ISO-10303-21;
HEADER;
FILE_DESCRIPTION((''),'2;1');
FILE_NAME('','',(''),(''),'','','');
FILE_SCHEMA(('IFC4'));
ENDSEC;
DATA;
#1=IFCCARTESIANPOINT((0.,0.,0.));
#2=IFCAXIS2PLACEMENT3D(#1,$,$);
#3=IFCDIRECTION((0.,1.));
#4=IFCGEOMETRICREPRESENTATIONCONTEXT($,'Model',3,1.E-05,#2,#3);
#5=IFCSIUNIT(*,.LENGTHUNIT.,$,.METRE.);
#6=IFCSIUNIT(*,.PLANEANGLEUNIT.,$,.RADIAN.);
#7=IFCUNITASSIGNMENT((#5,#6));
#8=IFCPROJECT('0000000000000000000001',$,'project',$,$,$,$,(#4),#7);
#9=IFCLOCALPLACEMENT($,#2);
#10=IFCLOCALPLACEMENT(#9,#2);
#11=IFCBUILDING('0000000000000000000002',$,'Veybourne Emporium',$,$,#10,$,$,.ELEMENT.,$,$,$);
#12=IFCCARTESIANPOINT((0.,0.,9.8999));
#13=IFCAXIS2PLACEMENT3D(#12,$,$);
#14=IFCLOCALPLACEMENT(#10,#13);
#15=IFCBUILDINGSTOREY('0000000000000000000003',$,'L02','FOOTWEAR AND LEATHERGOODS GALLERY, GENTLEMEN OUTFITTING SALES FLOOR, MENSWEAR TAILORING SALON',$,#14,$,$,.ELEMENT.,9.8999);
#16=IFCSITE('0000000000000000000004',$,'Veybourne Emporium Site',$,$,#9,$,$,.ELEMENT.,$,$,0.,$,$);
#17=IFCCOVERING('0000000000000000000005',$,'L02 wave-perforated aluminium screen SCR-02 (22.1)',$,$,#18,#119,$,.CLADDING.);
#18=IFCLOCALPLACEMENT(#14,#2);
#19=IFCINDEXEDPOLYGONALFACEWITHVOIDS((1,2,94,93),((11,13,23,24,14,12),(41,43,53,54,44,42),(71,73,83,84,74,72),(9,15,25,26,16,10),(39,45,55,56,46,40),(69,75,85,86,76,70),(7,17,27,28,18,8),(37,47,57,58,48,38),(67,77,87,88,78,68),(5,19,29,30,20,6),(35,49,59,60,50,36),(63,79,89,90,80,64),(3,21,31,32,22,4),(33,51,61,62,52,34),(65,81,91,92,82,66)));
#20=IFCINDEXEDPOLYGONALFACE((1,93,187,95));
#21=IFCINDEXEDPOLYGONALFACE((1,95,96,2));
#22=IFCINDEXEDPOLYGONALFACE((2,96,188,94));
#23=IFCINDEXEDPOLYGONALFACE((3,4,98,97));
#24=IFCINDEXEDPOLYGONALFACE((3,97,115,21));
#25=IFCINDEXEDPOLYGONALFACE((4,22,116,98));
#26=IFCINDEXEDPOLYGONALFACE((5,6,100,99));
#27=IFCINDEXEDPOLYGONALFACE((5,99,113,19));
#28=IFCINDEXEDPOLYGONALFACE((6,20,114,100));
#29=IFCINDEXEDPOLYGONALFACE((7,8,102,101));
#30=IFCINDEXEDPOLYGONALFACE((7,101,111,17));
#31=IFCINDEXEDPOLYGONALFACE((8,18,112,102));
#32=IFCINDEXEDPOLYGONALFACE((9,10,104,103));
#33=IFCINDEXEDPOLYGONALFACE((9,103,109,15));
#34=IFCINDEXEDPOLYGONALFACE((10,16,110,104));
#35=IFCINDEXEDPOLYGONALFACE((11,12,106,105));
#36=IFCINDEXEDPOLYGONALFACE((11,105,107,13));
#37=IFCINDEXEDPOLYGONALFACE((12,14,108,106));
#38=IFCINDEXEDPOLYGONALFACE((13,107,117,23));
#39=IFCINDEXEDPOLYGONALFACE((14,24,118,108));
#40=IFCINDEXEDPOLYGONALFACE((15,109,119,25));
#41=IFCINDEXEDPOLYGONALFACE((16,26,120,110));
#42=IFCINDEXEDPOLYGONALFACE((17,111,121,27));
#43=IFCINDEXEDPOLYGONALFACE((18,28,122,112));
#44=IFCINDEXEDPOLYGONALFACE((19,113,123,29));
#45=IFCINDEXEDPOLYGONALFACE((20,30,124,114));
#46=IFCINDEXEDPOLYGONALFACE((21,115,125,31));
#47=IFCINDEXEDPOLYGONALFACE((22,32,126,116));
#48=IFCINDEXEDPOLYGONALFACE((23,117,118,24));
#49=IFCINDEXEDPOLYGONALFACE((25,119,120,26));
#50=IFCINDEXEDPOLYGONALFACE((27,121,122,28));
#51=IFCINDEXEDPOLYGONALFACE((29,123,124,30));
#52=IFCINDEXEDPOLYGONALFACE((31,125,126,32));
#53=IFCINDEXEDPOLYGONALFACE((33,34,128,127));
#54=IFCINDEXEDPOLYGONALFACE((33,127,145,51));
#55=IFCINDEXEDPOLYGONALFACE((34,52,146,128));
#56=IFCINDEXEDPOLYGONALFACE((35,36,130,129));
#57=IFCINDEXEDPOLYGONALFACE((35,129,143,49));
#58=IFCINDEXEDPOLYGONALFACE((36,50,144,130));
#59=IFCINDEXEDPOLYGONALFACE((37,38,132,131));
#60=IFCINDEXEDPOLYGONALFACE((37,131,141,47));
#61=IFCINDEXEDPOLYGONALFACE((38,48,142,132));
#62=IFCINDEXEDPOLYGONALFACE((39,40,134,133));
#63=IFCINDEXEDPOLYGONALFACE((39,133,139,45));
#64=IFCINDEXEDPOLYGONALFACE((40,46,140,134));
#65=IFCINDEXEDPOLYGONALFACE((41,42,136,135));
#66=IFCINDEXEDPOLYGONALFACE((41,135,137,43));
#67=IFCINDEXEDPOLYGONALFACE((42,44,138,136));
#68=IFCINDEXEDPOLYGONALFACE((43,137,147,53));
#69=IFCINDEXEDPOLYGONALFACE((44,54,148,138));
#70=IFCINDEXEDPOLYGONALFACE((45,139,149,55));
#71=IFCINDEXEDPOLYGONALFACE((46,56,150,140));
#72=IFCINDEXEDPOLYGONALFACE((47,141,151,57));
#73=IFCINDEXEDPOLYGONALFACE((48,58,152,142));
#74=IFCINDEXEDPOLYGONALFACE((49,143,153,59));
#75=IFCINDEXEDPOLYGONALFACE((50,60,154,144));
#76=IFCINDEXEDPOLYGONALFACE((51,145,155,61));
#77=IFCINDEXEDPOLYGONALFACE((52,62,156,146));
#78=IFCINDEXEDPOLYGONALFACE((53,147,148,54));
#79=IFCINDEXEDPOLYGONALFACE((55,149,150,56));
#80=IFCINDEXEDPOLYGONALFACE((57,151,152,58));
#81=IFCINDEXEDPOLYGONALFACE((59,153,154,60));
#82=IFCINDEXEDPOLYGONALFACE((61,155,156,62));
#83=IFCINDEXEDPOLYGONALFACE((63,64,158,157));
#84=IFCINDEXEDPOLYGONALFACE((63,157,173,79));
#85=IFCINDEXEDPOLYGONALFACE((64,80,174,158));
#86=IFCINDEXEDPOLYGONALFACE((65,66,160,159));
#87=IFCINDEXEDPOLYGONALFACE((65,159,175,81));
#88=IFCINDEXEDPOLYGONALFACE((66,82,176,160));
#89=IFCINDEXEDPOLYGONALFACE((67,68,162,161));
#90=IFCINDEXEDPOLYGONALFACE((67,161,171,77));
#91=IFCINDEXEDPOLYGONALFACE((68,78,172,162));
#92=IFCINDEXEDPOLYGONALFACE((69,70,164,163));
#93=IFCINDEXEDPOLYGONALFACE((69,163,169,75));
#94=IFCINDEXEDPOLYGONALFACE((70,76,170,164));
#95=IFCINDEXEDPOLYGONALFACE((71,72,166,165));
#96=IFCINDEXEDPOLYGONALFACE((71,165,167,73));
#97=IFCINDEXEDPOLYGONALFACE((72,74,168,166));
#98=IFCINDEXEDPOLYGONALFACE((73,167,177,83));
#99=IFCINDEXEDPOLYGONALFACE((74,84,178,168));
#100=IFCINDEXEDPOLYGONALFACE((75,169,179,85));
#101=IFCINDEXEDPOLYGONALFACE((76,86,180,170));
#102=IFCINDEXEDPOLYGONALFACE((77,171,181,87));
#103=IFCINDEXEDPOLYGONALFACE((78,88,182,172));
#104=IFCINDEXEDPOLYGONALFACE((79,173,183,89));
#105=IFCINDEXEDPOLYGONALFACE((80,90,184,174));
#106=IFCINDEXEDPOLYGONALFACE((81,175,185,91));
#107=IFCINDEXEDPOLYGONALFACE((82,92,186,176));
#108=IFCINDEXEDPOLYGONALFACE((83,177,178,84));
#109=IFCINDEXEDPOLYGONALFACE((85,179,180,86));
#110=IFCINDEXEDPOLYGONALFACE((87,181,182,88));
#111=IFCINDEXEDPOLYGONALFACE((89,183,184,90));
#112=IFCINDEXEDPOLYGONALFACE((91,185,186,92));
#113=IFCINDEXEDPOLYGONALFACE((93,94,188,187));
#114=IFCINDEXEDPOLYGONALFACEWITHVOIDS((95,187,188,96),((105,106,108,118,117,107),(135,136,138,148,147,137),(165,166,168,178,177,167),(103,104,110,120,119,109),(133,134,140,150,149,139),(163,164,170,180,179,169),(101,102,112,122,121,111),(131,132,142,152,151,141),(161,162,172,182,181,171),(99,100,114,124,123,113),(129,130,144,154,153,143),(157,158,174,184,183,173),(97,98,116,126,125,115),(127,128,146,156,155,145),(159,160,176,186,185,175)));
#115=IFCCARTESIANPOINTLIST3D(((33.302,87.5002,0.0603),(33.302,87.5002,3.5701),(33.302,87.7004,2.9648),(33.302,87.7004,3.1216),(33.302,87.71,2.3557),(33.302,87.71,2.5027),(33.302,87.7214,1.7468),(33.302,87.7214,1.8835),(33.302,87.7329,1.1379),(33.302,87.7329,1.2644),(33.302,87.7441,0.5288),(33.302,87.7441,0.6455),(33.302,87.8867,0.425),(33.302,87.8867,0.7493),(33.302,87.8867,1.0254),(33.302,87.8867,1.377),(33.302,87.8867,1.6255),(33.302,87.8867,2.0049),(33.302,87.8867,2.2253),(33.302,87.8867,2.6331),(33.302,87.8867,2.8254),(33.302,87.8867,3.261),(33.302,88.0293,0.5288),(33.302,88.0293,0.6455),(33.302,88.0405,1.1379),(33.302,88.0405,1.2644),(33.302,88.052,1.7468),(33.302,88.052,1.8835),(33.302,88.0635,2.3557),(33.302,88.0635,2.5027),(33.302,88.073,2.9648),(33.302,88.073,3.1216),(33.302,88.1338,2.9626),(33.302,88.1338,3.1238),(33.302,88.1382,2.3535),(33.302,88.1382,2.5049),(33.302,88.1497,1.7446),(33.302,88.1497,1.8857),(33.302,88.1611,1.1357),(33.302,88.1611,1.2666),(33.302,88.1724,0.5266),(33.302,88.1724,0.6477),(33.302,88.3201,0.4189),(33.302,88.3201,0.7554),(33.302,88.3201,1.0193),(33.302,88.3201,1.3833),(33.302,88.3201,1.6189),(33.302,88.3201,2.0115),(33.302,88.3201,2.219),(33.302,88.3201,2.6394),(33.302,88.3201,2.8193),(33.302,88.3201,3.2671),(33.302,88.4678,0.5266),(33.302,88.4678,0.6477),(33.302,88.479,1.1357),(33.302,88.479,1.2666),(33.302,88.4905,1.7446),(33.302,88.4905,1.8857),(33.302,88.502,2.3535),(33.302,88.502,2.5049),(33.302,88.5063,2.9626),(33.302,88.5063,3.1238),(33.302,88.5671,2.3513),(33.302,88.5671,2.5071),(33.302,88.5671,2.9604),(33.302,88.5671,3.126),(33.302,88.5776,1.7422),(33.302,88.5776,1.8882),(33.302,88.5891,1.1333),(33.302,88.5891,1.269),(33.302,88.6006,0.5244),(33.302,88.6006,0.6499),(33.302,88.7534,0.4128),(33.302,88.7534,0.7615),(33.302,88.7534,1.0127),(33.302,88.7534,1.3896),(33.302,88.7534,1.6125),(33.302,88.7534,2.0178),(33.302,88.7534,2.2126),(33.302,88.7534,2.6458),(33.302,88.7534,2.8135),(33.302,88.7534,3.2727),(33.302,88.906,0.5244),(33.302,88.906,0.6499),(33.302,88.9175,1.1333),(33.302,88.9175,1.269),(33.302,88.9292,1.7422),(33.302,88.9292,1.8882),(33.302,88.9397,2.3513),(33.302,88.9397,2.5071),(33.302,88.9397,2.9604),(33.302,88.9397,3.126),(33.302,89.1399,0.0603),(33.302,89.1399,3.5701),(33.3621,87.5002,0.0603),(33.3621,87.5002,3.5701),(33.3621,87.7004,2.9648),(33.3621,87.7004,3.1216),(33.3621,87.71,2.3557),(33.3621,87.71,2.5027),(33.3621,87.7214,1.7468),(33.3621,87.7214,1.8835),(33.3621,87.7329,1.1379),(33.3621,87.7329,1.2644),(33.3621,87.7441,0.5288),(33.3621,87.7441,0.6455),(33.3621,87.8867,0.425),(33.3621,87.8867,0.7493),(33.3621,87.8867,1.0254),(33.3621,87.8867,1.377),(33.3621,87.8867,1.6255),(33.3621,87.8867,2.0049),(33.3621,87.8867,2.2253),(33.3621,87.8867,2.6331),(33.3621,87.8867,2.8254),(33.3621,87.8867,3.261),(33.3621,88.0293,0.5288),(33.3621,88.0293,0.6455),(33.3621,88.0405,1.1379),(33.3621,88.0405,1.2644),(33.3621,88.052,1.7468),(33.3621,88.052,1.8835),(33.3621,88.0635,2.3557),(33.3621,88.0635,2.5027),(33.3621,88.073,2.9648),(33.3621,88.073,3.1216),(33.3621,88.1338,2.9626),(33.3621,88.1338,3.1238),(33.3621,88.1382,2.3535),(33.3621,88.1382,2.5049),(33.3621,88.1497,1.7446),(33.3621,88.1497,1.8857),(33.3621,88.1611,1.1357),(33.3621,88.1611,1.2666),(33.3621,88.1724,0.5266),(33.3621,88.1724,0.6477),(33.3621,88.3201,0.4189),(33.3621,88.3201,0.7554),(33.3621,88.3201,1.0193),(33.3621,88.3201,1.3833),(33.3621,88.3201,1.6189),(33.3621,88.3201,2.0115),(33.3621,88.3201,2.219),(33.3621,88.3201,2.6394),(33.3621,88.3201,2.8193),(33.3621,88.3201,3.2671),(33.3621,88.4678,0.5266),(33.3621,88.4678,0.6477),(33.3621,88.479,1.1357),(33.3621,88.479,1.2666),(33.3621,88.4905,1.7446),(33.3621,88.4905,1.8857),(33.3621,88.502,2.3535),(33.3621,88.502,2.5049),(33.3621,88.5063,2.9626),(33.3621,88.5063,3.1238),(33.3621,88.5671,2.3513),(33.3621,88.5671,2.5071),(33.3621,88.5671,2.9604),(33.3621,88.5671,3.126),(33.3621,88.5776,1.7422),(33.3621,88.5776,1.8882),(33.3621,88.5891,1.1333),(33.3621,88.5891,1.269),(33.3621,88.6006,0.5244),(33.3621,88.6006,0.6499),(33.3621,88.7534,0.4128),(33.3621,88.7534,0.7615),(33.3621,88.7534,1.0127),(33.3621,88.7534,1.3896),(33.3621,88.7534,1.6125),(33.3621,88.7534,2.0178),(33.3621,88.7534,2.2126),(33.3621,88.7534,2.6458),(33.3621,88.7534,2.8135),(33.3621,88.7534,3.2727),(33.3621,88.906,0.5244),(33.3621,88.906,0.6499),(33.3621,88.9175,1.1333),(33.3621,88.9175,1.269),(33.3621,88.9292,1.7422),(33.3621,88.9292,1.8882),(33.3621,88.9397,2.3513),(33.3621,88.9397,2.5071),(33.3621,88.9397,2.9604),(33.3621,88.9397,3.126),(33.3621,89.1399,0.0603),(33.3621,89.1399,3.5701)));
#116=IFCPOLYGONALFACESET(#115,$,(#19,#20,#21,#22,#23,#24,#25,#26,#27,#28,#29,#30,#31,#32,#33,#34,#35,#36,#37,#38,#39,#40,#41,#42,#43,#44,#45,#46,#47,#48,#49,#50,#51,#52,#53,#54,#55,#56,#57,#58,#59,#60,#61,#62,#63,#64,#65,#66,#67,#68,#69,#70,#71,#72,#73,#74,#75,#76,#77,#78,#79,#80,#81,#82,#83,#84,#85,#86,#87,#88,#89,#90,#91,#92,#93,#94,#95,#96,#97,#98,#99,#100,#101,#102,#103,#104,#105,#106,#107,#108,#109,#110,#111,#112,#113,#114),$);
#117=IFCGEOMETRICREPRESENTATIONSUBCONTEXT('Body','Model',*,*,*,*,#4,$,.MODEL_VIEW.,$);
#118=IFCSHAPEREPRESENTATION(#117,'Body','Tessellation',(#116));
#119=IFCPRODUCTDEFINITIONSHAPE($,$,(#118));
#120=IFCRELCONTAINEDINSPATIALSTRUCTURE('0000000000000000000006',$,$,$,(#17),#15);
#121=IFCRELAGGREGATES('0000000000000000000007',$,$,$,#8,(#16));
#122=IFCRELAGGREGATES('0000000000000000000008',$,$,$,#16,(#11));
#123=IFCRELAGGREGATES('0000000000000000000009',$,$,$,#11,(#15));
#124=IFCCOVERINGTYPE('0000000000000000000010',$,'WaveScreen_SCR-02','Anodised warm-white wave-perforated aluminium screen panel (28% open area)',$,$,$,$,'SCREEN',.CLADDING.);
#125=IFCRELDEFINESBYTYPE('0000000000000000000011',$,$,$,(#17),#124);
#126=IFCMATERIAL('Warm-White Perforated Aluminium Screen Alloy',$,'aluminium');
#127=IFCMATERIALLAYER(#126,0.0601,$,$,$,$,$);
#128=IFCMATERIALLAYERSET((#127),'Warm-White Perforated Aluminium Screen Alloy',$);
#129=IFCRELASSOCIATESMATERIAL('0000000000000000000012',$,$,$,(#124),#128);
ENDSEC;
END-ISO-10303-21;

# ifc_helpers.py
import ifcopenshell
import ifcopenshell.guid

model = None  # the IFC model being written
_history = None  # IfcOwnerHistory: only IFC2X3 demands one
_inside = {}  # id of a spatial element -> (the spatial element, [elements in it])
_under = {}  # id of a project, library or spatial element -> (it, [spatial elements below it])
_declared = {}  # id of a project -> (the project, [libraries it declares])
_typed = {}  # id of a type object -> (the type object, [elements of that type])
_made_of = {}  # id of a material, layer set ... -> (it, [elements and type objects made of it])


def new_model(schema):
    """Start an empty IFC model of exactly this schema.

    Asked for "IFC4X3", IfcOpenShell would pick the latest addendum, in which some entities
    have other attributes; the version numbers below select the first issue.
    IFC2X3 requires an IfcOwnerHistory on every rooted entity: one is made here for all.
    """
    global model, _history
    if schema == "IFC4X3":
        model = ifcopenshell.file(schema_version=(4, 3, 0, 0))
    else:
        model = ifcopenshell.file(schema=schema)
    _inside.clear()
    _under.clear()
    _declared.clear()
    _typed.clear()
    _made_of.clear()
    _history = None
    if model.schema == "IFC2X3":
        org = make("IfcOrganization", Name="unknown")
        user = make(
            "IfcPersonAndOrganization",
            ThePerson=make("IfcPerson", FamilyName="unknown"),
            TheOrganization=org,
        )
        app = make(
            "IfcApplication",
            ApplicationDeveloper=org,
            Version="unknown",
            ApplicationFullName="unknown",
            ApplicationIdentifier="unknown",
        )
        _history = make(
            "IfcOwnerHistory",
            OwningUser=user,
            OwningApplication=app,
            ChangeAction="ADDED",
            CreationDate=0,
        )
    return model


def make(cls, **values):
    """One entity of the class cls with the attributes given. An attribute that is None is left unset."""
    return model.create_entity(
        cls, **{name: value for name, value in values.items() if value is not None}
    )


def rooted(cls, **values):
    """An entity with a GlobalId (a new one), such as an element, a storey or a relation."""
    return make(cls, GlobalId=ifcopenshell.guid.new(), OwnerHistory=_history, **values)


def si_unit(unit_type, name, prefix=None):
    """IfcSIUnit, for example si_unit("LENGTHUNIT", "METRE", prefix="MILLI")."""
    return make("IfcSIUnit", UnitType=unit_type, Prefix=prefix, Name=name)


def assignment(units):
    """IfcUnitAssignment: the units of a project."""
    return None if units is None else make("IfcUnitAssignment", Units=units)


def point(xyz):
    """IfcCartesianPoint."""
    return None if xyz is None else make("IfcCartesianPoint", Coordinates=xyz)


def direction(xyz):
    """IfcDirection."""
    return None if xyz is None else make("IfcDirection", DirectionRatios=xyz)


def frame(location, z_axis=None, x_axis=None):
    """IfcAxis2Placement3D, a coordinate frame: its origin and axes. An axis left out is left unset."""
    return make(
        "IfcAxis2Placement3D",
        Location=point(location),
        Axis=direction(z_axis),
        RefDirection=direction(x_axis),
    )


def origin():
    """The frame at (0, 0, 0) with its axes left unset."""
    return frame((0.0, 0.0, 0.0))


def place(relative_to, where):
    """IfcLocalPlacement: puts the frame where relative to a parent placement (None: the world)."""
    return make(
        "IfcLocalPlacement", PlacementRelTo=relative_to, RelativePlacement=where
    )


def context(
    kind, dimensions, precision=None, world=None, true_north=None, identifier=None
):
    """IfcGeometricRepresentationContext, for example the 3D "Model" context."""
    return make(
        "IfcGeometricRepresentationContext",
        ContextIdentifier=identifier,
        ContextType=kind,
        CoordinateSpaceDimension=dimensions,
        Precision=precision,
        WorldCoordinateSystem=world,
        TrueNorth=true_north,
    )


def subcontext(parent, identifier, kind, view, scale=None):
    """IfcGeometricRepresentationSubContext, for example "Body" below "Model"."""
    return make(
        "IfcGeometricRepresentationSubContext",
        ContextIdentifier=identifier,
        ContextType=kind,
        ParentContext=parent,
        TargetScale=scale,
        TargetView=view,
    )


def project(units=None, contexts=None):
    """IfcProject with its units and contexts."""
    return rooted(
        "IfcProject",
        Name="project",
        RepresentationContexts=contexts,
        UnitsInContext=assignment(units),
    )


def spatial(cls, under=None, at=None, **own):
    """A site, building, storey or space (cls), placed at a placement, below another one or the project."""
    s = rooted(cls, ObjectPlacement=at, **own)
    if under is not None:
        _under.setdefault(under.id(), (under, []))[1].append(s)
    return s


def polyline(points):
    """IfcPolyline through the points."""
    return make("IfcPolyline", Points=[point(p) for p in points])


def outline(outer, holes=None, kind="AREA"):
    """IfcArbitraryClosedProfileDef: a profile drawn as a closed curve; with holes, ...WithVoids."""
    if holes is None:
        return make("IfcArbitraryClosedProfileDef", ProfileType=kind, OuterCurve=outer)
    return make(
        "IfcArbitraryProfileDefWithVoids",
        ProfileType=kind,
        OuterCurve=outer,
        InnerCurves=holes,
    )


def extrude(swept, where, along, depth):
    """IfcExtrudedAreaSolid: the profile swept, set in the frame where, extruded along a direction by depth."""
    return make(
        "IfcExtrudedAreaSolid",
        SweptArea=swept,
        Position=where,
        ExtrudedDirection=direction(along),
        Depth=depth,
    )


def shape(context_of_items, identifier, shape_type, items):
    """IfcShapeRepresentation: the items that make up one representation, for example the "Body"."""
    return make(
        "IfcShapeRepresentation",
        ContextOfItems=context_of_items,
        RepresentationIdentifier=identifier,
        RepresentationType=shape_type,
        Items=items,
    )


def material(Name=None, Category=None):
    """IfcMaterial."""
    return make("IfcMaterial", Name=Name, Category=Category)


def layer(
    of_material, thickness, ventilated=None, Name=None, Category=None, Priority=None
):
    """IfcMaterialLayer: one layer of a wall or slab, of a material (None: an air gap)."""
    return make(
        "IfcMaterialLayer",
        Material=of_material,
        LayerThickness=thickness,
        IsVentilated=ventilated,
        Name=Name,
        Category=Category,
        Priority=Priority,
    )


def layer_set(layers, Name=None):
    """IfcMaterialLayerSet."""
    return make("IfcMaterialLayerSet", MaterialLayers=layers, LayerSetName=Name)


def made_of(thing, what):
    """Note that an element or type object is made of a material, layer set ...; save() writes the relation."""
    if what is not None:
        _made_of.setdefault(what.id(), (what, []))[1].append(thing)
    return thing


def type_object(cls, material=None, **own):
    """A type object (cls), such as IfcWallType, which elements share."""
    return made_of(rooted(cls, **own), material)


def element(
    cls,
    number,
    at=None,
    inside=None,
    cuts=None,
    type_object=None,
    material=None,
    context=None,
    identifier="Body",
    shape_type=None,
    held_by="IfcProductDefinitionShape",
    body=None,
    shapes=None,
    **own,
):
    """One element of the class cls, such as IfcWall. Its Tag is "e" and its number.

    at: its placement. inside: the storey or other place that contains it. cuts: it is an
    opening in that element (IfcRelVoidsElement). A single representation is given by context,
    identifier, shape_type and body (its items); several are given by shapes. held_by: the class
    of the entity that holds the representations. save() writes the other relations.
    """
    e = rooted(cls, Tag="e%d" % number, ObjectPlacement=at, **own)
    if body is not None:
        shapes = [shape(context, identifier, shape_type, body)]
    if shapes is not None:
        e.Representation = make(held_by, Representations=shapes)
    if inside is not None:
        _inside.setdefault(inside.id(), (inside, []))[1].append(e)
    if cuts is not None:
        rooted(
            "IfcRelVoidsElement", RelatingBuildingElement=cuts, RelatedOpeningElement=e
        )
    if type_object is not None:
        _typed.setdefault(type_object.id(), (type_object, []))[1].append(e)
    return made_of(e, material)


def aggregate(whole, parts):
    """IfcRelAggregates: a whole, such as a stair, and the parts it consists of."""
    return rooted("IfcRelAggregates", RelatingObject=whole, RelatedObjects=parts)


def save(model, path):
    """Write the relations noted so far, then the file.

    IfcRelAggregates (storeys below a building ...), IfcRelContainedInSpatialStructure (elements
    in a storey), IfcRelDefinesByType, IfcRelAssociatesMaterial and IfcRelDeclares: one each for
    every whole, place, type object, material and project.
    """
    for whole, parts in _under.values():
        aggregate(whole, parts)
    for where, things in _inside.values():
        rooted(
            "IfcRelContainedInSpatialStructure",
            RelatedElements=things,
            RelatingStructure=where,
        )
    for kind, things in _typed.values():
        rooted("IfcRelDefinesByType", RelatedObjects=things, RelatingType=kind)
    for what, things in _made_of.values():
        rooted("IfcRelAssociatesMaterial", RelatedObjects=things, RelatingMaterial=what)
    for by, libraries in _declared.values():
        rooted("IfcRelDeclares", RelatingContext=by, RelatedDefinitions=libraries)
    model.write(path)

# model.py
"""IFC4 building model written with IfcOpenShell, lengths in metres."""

from ifc_helpers import new_model, si_unit, direction, frame, origin, place, context, subcontext, project, spatial, polyline, outline, extrude, material, layer, layer_set, type_object, element, save


model = new_model("IFC4")

# Units and contexts
model_context = context("Model", 3, precision=1e-05, world=origin(), true_north=direction((0.0, 1.0)))
body_context = subcontext(model_context, "Body", "Model", "MODEL_VIEW")
ifc_project = project(units=[si_unit("LENGTHUNIT", "METRE"), si_unit("PLANEANGLEUNIT", "RADIAN")], contexts=[model_context])

# Site, building, storey
site_placement = place(None, origin())
site = spatial("IfcSite", under=ifc_project, at=site_placement, Name="Veybourne Emporium Site", CompositionType="ELEMENT", RefElevation=0.0)
building_placement = place(site_placement, origin())
building = spatial("IfcBuilding", under=site, at=building_placement, Name="Veybourne Emporium", CompositionType="ELEMENT")
storey_placement = place(building_placement, frame((0.0, 0.0, 9.8999)))
storey = spatial("IfcBuildingStorey", under=building, at=storey_placement, Name="L02", Description="FOOTWEAR AND LEATHERGOODS GALLERY, GENTLEMEN OUTFITTING SALES FLOOR, MENSWEAR TAILORING SALON", CompositionType="ELEMENT", Elevation=9.8999)

# Covering
ifc_material_1 = material(Name="Warm-White Perforated Aluminium Screen Alloy", Category="aluminium")
ifc_layer_1 = layer(ifc_material_1, 0.0601)
ifc_layer_set_1 = layer_set([ifc_layer_1], Name="Warm-White Perforated Aluminium Screen Alloy")
covering_type_1 = type_object("IfcCoveringType", Name="WaveScreen_SCR-02", Description="Anodised warm-white wave-perforated aluminium screen panel (28% open area)", ElementType="SCREEN", PredefinedType="CLADDING", material=ifc_layer_set_1)
covering_1_placement = place(storey_placement, frame((33.302, 88.3201, 1.8152), z_axis=(1.0, 0.0, 0.0), x_axis=(0.0, 1.0, 0.0)))
element("IfcCovering", 1, at=covering_1_placement, inside=storey, type_object=covering_type_1, Name="L02 wave-perforated aluminium screen SCR-02 (22.1)", PredefinedType="CLADDING", context=body_context, shape_type="SweptSolid", body=[
    extrude(outline(polyline([(-0.8198, -1.7549), (0.8198, -1.7549), (0.8198, 1.7549), (-0.8198, 1.7549), (-0.8198, -1.7549)]), holes=[polyline([(-0.4333, -1.0659), (-0.2908, -1.1697), (-0.2908, -1.2864), (-0.4333, -1.3901), (-0.5759, -1.2864), (-0.5759, -1.1697), (-0.4333, -1.0659)]), polyline([(-0.4333, -0.4382), (-0.2795, -0.5508), (-0.2795, -0.6772), (-0.4333, -0.7898), (-0.5872, -0.6772), (-0.5872, -0.5508), (-0.4333, -0.4382)]), polyline([(-0.4333, 0.1897), (-0.2681, 0.0684), (-0.2681, -0.0684), (-0.4333, -0.1897), (-0.5986, -0.0684), (-0.5986, 0.0684), (-0.4333, 0.1897)]), polyline([(-0.4333, 0.8179), (-0.2566, 0.6875), (-0.2566, 0.5405), (-0.4333, 0.4102), (-0.6101, 0.5405), (-0.6101, 0.6875), (-0.4333, 0.8179)]), polyline([(-0.4333, 1.4458), (-0.2471, 1.3064), (-0.2471, 1.1497), (-0.4333, 1.0103), (-0.6196, 1.1497), (-0.6196, 1.3064), (-0.4333, 1.4458)]), polyline([(0.0, -1.0598), (0.1477, -1.1675), (0.1477, -1.2886), (0.0, -1.3962), (-0.1477, -1.2886), (-0.1477, -1.1675), (0.0, -1.0598)]), polyline([(0.0, -0.4319), (0.1589, -0.5486), (0.1589, -0.6794), (0.0, -0.7959), (-0.1589, -0.6794), (-0.1589, -0.5486), (0.0, -0.4319)]), polyline([(0.0, 0.1963), (0.1704, 0.0706), (0.1704, -0.0706), (0.0, -0.1963), (-0.1704, -0.0706), (-0.1704, 0.0706), (0.0, 0.1963)]), polyline([(0.0, 0.8242), (0.1819, 0.6897), (0.1819, 0.5383), (0.0, 0.4038), (-0.1819, 0.5383), (-0.1819, 0.6897), (0.0, 0.8242)]), polyline([(0.0, 1.4519), (0.1863, 1.3086), (0.1863, 1.1475), (0.0, 1.0042), (-0.1863, 1.1475), (-0.1863, 1.3086), (0.0, 1.4519)]), polyline([(0.4333, -1.0537), (0.5859, -1.1653), (0.5859, -1.2908), (0.4333, -1.4023), (0.2805, -1.2908), (0.2805, -1.1653), (0.4333, -1.0537)]), polyline([(0.4333, -0.4255), (0.5974, -0.5461), (0.5974, -0.6819), (0.4333, -0.8025), (0.269, -0.6819), (0.269, -0.5461), (0.4333, -0.4255)]), polyline([(0.4333, 0.2026), (0.6091, 0.073), (0.6091, -0.073), (0.4333, -0.2026), (0.2576, -0.073), (0.2576, 0.073), (0.4333, 0.2026)]), polyline([(0.4333, 0.8306), (0.6196, 0.6919), (0.6196, 0.5361), (0.4333, 0.3975), (0.2471, 0.5361), (0.2471, 0.6919), (0.4333, 0.8306)]), polyline([(0.4333, 1.4575), (0.6196, 1.3108), (0.6196, 1.1453), (0.4333, 0.9983), (0.2471, 1.1453), (0.2471, 1.3108), (0.4333, 1.4575)])]), origin(), (0.0, 0.0, 1.0), 0.0601),
])

save(model, "model.ifc")
